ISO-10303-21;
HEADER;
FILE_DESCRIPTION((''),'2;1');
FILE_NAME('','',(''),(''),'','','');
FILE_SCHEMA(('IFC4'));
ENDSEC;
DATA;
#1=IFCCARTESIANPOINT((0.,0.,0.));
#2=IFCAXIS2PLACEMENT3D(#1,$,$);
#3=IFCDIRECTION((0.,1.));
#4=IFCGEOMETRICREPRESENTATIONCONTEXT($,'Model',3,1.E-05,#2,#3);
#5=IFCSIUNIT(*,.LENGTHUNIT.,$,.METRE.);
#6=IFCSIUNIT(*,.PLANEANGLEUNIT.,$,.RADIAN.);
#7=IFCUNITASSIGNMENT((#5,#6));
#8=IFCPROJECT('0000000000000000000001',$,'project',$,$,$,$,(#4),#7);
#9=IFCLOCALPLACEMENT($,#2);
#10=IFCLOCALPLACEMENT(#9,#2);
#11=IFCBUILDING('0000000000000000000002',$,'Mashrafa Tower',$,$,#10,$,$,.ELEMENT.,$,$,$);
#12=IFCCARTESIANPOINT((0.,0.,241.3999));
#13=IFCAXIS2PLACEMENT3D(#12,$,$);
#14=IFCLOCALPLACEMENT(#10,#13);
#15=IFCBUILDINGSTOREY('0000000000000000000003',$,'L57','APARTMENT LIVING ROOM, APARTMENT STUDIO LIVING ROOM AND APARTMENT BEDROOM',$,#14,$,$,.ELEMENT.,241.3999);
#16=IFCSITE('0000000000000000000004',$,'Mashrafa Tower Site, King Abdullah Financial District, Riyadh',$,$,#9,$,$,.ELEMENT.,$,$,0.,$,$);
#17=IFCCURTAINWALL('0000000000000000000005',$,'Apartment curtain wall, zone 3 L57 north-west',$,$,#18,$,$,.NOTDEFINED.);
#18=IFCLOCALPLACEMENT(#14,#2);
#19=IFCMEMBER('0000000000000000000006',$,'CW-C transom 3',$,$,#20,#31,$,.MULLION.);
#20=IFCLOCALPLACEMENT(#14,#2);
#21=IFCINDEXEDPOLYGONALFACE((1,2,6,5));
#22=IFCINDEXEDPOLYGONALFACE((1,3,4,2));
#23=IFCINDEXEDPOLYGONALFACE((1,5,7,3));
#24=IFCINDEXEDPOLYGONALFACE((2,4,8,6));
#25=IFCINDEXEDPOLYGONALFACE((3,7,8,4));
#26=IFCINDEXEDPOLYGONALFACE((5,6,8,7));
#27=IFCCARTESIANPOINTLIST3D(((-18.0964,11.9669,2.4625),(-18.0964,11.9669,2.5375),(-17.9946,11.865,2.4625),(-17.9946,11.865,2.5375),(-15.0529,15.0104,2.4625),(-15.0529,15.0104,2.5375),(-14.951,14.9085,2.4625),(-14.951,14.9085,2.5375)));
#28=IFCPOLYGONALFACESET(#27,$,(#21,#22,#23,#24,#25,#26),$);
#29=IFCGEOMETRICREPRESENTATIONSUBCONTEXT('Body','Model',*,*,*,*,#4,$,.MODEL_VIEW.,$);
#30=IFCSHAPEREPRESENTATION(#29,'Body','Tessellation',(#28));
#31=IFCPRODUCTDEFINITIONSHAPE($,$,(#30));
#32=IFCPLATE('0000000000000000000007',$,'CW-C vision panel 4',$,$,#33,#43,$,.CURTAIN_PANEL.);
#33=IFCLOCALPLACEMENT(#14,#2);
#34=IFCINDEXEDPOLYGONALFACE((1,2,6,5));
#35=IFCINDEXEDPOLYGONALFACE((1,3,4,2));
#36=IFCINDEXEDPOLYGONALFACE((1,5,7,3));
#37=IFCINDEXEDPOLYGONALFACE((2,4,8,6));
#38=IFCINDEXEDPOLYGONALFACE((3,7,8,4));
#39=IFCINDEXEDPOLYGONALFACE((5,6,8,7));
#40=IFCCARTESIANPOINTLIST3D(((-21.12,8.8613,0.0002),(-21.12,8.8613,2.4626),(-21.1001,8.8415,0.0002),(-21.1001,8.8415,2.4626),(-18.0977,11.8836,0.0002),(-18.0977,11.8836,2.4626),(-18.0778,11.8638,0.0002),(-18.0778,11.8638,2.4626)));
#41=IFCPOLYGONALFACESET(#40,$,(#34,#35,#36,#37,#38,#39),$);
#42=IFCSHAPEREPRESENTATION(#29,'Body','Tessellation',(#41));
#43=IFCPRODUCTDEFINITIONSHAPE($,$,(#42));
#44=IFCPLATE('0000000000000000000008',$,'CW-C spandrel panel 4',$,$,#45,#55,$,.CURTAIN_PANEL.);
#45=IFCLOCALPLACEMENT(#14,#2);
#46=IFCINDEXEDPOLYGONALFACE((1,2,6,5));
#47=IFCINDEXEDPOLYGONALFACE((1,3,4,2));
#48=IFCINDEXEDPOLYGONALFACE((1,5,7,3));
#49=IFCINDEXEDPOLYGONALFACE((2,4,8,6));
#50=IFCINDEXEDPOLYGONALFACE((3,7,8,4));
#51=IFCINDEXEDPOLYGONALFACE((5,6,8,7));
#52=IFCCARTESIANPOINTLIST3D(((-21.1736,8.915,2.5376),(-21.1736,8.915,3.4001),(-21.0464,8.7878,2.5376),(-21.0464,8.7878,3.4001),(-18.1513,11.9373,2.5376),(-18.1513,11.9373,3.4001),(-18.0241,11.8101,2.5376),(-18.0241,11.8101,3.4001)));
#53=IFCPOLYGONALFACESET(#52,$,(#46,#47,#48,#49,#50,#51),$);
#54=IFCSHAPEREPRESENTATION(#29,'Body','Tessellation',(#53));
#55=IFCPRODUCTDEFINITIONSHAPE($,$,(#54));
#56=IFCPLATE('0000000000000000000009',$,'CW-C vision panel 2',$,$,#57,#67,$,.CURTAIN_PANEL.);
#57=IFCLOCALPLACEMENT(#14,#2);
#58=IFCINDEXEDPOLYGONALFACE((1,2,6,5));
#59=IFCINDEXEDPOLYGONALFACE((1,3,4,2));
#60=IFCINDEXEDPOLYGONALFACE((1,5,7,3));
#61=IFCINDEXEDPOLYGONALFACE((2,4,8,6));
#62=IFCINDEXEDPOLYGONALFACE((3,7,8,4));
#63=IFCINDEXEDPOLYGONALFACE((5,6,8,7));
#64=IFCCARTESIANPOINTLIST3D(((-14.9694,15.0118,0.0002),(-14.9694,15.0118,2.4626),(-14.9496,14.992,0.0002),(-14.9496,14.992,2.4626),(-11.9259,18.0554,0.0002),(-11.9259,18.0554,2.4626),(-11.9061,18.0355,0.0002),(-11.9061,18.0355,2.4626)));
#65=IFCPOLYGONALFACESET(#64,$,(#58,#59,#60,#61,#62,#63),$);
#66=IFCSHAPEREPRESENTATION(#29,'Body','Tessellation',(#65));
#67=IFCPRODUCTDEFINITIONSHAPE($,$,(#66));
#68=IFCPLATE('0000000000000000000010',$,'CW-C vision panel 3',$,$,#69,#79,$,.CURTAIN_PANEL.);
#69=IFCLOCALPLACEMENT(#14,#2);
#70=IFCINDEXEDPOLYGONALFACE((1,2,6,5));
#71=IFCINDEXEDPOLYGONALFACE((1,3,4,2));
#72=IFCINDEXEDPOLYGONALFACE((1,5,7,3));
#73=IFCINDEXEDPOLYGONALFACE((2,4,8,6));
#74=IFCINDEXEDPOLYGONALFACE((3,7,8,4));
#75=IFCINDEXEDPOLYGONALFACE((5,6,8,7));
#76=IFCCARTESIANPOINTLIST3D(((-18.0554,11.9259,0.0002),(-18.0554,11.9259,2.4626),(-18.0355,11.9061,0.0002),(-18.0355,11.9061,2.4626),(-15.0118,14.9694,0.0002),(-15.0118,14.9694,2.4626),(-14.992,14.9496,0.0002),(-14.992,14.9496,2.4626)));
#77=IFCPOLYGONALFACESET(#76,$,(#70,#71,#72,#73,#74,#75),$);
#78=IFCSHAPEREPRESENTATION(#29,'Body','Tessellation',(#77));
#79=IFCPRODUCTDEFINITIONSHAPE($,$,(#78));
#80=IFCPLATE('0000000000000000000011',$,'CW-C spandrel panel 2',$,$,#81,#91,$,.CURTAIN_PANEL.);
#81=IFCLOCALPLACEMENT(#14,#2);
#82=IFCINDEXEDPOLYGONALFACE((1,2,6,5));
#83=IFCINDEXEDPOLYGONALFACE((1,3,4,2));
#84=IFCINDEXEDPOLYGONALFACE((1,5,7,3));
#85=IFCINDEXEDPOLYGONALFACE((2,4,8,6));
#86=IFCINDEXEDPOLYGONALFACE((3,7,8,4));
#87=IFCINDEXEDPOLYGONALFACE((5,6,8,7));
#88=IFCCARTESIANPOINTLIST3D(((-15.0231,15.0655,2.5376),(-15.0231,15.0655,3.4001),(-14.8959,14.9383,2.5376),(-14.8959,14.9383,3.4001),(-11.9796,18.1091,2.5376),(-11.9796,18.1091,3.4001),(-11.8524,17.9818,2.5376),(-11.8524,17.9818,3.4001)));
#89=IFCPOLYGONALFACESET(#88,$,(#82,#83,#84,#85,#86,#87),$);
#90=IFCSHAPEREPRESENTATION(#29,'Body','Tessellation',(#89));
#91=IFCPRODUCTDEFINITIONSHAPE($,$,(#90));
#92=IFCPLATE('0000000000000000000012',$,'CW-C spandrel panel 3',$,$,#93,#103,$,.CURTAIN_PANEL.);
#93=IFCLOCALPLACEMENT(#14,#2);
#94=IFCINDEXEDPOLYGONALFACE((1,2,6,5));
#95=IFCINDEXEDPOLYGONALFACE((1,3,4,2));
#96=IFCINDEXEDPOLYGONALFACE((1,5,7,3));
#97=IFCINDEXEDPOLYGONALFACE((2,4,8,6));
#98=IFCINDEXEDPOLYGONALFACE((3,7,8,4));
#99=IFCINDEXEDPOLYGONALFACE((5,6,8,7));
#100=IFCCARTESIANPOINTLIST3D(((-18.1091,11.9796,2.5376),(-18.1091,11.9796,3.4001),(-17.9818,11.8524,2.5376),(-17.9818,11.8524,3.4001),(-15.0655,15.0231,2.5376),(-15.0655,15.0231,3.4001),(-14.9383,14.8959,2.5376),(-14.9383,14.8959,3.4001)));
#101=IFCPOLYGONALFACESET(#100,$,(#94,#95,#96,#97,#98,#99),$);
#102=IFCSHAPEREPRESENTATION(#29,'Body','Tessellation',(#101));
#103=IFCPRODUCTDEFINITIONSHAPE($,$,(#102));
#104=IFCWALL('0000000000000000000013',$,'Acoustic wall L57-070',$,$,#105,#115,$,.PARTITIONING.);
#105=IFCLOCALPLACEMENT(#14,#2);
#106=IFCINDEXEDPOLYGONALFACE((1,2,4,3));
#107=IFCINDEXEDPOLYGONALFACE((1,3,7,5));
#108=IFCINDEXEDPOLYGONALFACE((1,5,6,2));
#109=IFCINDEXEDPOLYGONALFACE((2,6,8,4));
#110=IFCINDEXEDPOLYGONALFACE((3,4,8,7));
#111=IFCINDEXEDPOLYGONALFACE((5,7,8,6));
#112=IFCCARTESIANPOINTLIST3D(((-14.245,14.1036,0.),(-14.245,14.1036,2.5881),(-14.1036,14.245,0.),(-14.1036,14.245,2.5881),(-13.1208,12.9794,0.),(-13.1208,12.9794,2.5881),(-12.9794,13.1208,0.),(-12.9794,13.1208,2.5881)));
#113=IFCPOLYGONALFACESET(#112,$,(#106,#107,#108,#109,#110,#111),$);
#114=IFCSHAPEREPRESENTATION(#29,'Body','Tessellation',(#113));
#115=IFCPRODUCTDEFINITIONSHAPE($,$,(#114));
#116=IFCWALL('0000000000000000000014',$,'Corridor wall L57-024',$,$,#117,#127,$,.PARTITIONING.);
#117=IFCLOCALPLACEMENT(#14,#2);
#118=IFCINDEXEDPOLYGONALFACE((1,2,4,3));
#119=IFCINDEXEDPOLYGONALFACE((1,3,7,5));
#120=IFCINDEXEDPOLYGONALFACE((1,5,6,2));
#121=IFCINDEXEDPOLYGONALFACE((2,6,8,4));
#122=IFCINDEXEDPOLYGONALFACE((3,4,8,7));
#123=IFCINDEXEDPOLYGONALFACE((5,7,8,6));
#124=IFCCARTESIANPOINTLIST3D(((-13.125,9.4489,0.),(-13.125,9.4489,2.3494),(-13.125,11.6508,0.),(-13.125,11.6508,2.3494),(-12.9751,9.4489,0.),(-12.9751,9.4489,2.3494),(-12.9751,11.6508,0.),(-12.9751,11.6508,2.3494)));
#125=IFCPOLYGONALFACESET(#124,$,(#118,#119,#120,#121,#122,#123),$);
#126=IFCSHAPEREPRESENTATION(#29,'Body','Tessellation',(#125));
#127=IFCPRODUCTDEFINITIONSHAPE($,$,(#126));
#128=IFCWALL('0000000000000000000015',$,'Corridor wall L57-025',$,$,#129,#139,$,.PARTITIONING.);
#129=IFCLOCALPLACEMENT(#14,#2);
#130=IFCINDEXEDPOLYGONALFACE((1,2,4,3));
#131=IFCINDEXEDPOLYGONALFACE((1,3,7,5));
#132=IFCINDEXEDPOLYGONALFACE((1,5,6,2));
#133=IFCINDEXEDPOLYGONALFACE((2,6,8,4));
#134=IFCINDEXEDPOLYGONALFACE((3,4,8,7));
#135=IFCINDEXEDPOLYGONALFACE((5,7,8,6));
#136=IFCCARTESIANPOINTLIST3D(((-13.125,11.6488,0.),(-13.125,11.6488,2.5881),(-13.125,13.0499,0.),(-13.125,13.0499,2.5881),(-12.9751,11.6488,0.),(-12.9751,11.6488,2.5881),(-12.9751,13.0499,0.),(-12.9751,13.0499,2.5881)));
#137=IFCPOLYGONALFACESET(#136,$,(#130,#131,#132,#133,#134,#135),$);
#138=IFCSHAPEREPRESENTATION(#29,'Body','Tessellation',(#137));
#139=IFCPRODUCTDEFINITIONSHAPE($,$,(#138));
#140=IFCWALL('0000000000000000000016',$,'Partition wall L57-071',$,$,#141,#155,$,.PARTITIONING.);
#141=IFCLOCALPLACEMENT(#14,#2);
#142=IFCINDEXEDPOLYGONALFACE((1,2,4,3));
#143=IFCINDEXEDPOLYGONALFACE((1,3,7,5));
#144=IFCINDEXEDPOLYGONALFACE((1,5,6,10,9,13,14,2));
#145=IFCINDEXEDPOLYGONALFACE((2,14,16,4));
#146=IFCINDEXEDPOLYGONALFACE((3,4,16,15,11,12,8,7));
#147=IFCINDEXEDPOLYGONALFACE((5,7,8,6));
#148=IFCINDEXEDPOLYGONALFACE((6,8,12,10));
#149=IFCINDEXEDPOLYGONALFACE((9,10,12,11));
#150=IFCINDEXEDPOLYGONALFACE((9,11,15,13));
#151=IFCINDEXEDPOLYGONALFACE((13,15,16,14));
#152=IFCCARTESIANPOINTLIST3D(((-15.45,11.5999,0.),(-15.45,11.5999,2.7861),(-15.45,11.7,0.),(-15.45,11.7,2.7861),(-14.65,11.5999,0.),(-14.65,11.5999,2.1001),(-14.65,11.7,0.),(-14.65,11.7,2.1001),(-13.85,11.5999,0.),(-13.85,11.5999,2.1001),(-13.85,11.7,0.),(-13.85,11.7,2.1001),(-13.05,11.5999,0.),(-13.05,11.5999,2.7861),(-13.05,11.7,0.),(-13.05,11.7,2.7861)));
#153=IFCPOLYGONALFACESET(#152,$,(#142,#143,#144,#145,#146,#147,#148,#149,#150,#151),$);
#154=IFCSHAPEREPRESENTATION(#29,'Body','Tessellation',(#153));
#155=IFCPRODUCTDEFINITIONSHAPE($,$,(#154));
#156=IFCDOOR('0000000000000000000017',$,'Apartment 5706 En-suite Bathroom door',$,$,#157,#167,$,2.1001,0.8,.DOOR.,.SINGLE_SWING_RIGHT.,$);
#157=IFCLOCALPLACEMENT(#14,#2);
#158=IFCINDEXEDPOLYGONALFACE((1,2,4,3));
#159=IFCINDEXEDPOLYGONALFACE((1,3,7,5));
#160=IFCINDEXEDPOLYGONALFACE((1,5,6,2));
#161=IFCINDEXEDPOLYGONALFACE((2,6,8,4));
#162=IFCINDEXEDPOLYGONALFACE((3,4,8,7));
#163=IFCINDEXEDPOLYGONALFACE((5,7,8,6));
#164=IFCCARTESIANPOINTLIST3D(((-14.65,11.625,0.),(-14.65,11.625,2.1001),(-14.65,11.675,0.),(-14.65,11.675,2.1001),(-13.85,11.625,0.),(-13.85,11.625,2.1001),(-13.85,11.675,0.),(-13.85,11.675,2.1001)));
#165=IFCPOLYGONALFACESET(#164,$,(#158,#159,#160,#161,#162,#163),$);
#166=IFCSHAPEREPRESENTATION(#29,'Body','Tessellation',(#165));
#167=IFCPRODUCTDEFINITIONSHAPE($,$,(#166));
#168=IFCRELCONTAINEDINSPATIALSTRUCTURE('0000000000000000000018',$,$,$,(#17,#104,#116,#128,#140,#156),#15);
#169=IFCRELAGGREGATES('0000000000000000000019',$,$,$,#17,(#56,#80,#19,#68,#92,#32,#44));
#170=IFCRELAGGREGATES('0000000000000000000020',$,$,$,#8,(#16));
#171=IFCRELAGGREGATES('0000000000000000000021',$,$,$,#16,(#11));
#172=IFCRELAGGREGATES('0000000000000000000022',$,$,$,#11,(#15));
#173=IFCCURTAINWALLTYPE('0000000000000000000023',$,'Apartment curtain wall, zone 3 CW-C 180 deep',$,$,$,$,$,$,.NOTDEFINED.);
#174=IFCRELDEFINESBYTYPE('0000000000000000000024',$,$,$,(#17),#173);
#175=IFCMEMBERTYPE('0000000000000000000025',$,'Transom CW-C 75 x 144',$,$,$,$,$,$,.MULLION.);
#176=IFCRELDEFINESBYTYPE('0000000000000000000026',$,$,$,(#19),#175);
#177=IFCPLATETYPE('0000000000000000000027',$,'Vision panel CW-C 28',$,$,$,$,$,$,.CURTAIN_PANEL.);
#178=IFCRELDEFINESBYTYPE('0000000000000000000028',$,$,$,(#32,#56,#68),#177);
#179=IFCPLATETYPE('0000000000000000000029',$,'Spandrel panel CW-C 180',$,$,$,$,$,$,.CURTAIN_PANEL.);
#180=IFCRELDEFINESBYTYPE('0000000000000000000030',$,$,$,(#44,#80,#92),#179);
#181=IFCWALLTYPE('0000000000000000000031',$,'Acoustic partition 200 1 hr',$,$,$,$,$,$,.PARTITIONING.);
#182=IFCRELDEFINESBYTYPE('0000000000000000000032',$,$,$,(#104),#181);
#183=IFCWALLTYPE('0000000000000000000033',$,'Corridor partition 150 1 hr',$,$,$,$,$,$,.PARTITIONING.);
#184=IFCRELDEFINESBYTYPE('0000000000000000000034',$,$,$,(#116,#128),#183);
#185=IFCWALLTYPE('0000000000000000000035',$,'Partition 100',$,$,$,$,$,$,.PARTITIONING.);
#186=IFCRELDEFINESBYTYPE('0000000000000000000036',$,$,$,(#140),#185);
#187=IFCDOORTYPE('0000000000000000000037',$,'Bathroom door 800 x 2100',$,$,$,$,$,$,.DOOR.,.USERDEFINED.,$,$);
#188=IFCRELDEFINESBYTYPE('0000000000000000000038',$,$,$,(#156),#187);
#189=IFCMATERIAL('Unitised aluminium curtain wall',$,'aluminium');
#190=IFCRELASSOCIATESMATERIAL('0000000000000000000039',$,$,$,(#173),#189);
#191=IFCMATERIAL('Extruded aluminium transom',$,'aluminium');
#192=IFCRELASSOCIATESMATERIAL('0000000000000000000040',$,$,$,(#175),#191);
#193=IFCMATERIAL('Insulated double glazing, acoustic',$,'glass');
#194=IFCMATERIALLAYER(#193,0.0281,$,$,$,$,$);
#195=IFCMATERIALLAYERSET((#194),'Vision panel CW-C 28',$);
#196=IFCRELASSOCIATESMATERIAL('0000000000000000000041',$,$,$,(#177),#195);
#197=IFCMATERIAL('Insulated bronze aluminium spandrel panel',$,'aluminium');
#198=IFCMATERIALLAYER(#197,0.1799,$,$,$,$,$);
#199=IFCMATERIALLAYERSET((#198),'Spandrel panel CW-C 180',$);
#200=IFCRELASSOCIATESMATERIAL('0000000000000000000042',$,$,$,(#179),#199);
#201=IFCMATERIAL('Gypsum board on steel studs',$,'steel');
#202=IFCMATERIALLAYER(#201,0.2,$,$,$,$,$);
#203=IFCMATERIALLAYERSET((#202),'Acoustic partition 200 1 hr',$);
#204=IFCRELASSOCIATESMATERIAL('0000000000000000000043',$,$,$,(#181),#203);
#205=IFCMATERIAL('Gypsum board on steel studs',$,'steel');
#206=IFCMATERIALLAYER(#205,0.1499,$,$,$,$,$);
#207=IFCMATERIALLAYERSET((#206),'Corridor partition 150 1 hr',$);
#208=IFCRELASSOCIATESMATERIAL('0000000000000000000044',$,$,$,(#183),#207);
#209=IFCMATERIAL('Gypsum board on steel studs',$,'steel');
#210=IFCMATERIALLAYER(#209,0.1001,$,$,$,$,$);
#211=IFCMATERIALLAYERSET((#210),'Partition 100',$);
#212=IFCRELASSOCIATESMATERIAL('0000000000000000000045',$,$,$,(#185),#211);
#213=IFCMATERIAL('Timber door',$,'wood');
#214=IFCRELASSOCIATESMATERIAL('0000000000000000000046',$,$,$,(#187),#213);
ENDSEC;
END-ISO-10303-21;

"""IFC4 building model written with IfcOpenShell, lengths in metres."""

from ifc_helpers import new_model, si_unit, direction, frame, frame_2d, origin, origin_2d, place, context, subcontext, project, spatial, rectangle, extrude, source, transform, mapped, material, layer, layer_set, material_profile, profile_set, type_object, type_shapes, element, fill, aggregate, save


model = new_model("IFC4")

# Units and contexts
model_context = context("Model", 3, precision=1e-05, world=origin(), true_north=direction((0.0, 1.0)))
body_context = subcontext(model_context, "Body", "Model", "MODEL_VIEW")
ifc_project = project(units=[si_unit("LENGTHUNIT", "METRE"), si_unit("PLANEANGLEUNIT", "RADIAN")], contexts=[model_context])

# Site, building, storey
site_placement = place(None, origin())
site = spatial("IfcSite", under=ifc_project, at=site_placement, Name="Mashrafa Tower Site, King Abdullah Financial District, Riyadh", CompositionType="ELEMENT", RefElevation=0.0)
building_placement = place(site_placement, origin())
building = spatial("IfcBuilding", under=site, at=building_placement, Name="Mashrafa Tower", CompositionType="ELEMENT")
storey_placement = place(building_placement, frame((0.0, 0.0, 241.3999)))
storey = spatial("IfcBuildingStorey", under=building, at=storey_placement, Name="L57", Description="APARTMENT LIVING ROOM, APARTMENT STUDIO LIVING ROOM AND APARTMENT BEDROOM", CompositionType="ELEMENT", Elevation=241.3999)

# Curtain wall, member, plates
ifc_material_1 = material(Name="Unitised aluminium curtain wall", Category="aluminium")
curtain_wall_type = type_object("IfcCurtainWallType", Name="Apartment curtain wall, zone 3 CW-C 180 deep", PredefinedType="NOTDEFINED", material=ifc_material_1)
curtain_wall_placement = place(storey_placement, origin())
curtain_wall = element("IfcCurtainWall", 1, at=curtain_wall_placement, inside=storey, type_object=curtain_wall_type, Name="Apartment curtain wall, zone 3 L57 north-west", PredefinedType="NOTDEFINED")
ifc_material_2 = material(Name="Extruded aluminium transom", Category="aluminium")
ifc_material_profile_1 = material_profile(ifc_material_2, rectangle(XDim=0.144, YDim=0.075, at=origin_2d()), Name="Transom 75x144")
ifc_profile_set_1 = profile_set([ifc_material_profile_1], Name="Extruded aluminium transom")
member_type_1 = type_object("IfcMemberType", Name="Transom CW-C 75 x 144", PredefinedType="MULLION", material=ifc_profile_set_1)
shared_shape_1 = source(origin(), body_context, "Body", "SweptSolid", [
    extrude(rectangle(XDim=0.144, YDim=0.075, at=origin_2d()), origin(), (0.0, 0.0, 1.0), 4.3042),
])
member_1_placement = place(storey_placement, frame((-15.002, 14.9595, 2.5), z_axis=(-0.707107, -0.707107, 0.0), x_axis=(0.707107, -0.707107, 0.0)))
member_1 = element("IfcMember", 2, at=member_1_placement, type_object=member_type_1, Name="CW-C transom 3", PredefinedType="MULLION", context=body_context, shape_type="MappedRepresentation", body=[
    mapped(shared_shape_1, transform((0.0, 0.0, 0.0))),
])
ifc_material_3 = material(Name="Insulated double glazing, acoustic", Category="glass")
ifc_layer_1 = layer(ifc_material_3, 0.0281)
ifc_layer_set_1 = layer_set([ifc_layer_1], Name="Vision panel CW-C 28")
plate_type_1 = type_object("IfcPlateType", Name="Vision panel CW-C 28", PredefinedType="CURTAIN_PANEL", material=ifc_layer_set_1)
shared_shape_2 = source(origin(), body_context, "Body", "SweptSolid", [
    extrude(rectangle(XDim=4.2742, YDim=0.0281, at=origin_2d()), origin(), (0.0, 0.0, 1.0), 2.4624),
])
plate_1_placement = place(storey_placement, frame((-19.5989, 10.3625, 0.0002), z_axis=(0.0, 0.0, 1.0), x_axis=(-0.707107, -0.707107, 0.0)))
plate_1 = element("IfcPlate", 3, at=plate_1_placement, type_object=plate_type_1, Name="CW-C vision panel 4", PredefinedType="CURTAIN_PANEL", context=body_context, shape_type="MappedRepresentation", body=[
    mapped(shared_shape_2, transform((0.0, 0.0, 0.0))),
])
ifc_material_4 = material(Name="Insulated bronze aluminium spandrel panel", Category="aluminium")
ifc_layer_2 = layer(ifc_material_4, 0.1799)
ifc_layer_set_2 = layer_set([ifc_layer_2], Name="Spandrel panel CW-C 180")
plate_type_2 = type_object("IfcPlateType", Name="Spandrel panel CW-C 180", PredefinedType="CURTAIN_PANEL", material=ifc_layer_set_2)
shared_shape_3 = source(origin(), body_context, "Body", "SweptSolid", [
    extrude(rectangle(XDim=4.2742, YDim=0.1799, at=origin_2d()), origin(), (0.0, 0.0, 1.0), 0.8625),
])
plate_2_placement = place(storey_placement, frame((-19.5989, 10.3625, 2.5376), z_axis=(0.0, 0.0, 1.0), x_axis=(-0.707107, -0.707107, 0.0)))
plate_2 = element("IfcPlate", 4, at=plate_2_placement, type_object=plate_type_2, Name="CW-C spandrel panel 4", PredefinedType="CURTAIN_PANEL", context=body_context, shape_type="MappedRepresentation", body=[
    mapped(shared_shape_3, transform((0.0, 0.0, 0.0))),
])
shared_shape_4 = source(origin(), body_context, "Body", "SweptSolid", [
    extrude(rectangle(XDim=4.3042, YDim=0.0281, at=origin_2d()), origin(), (0.0, 0.0, 1.0), 2.4624),
])
type_shapes(plate_type_1, [shared_shape_2, shared_shape_4])
plate_3_placement = place(storey_placement, frame((-13.4377, 16.5237, 0.0002), z_axis=(0.0, 0.0, 1.0), x_axis=(-0.707107, -0.707107, 0.0)))
plate_3 = element("IfcPlate", 5, at=plate_3_placement, type_object=plate_type_1, Name="CW-C vision panel 2", PredefinedType="CURTAIN_PANEL", context=body_context, shape_type="MappedRepresentation", body=[
    mapped(shared_shape_4, transform((0.0, 0.0, 0.0))),
])
plate_4_placement = place(storey_placement, frame((-16.5237, 13.4377, 0.0002), z_axis=(0.0, 0.0, 1.0), x_axis=(-0.707107, -0.707107, 0.0)))
plate_4 = element("IfcPlate", 6, at=plate_4_placement, type_object=plate_type_1, Name="CW-C vision panel 3", PredefinedType="CURTAIN_PANEL", context=body_context, shape_type="MappedRepresentation", body=[
    mapped(shared_shape_4, transform((0.0, 0.0, 0.0))),
])
shared_shape_5 = source(origin(), body_context, "Body", "SweptSolid", [
    extrude(rectangle(XDim=4.3042, YDim=0.1799, at=origin_2d()), origin(), (0.0, 0.0, 1.0), 0.8625),
])
type_shapes(plate_type_2, [shared_shape_3, shared_shape_5])
plate_5_placement = place(storey_placement, frame((-13.4377, 16.5237, 2.5376), z_axis=(0.0, 0.0, 1.0), x_axis=(-0.707107, -0.707107, 0.0)))
plate_5 = element("IfcPlate", 7, at=plate_5_placement, type_object=plate_type_2, Name="CW-C spandrel panel 2", PredefinedType="CURTAIN_PANEL", context=body_context, shape_type="MappedRepresentation", body=[
    mapped(shared_shape_5, transform((0.0, 0.0, 0.0))),
])
plate_6_placement = place(storey_placement, frame((-16.5237, 13.4377, 2.5376), z_axis=(0.0, 0.0, 1.0), x_axis=(-0.707107, -0.707107, 0.0)))
plate_6 = element("IfcPlate", 8, at=plate_6_placement, type_object=plate_type_2, Name="CW-C spandrel panel 3", PredefinedType="CURTAIN_PANEL", context=body_context, shape_type="MappedRepresentation", body=[
    mapped(shared_shape_5, transform((0.0, 0.0, 0.0))),
])
aggregate(curtain_wall, [plate_3, plate_5, member_1, plate_4, plate_6, plate_1, plate_2])

# Walls
ifc_material_5 = material(Name="Gypsum board on steel studs", Category="steel")
ifc_layer_3 = layer(ifc_material_5, 0.2)
ifc_layer_set_3 = layer_set([ifc_layer_3], Name="Acoustic partition 200 1 hr")
wall_type_1 = type_object("IfcWallType", Name="Acoustic partition 200 1 hr", PredefinedType="PARTITIONING", material=ifc_layer_set_3)
wall_1_placement = place(storey_placement, frame((-14.1743, 14.1743, 0.0), z_axis=(0.0, 0.0, 1.0), x_axis=(0.707107, -0.707107, 0.0)))
element("IfcWall", 9, at=wall_1_placement, inside=storey, type_object=wall_type_1, Name="Acoustic wall L57-070", PredefinedType="PARTITIONING", context=body_context, shape_type="SweptSolid", body=[
    extrude(rectangle(XDim=1.5898, YDim=0.2, at=frame_2d((0.7949, 0.0))), origin(), (0.0, 0.0, 1.0), 2.5881),
])
ifc_material_6 = material(Name="Gypsum board on steel studs", Category="steel")
ifc_layer_4 = layer(ifc_material_6, 0.1499)
ifc_layer_set_4 = layer_set([ifc_layer_4], Name="Corridor partition 150 1 hr")
wall_type_2 = type_object("IfcWallType", Name="Corridor partition 150 1 hr", PredefinedType="PARTITIONING", material=ifc_layer_set_4)
wall_2_placement = place(storey_placement, frame((-13.05, 11.6509, 0.0), z_axis=(0.0, 0.0, 1.0), x_axis=(0.0, -1.0, 0.0)))
element("IfcWall", 10, at=wall_2_placement, inside=storey, type_object=wall_type_2, Name="Corridor wall L57-024", PredefinedType="PARTITIONING", context=body_context, shape_type="SweptSolid", body=[
    extrude(rectangle(XDim=2.2019, YDim=0.1499, at=frame_2d((1.1011, 0.0))), origin(), (0.0, 0.0, 1.0), 2.3494),
])
wall_3_placement = place(storey_placement, frame((-13.05, 13.05, 0.0), z_axis=(0.0, 0.0, 1.0), x_axis=(0.0, -1.0, 0.0)))
element("IfcWall", 11, at=wall_3_placement, inside=storey, type_object=wall_type_2, Name="Corridor wall L57-025", PredefinedType="PARTITIONING", context=body_context, shape_type="SweptSolid", body=[
    extrude(rectangle(XDim=1.4011, YDim=0.1499, at=frame_2d((0.7007, 0.0))), origin(), (0.0, 0.0, 1.0), 2.5881),
])

# Wall, opening, door
ifc_material_7 = material(Name="Gypsum board on steel studs", Category="steel")
ifc_layer_5 = layer(ifc_material_7, 0.1001)
ifc_layer_set_5 = layer_set([ifc_layer_5], Name="Partition 100")
wall_type_3 = type_object("IfcWallType", Name="Partition 100", PredefinedType="PARTITIONING", material=ifc_layer_set_5)
wall_4_placement = place(storey_placement, frame((-13.05, 11.6499, 0.0), z_axis=(0.0, 0.0, 1.0), x_axis=(-1.0, 0.0, 0.0)))
wall_4 = element("IfcWall", 12, at=wall_4_placement, inside=storey, type_object=wall_type_3, Name="Partition wall L57-071", PredefinedType="PARTITIONING", context=body_context, shape_type="SweptSolid", body=[
    extrude(rectangle(XDim=2.3999, YDim=0.1001, at=frame_2d((1.2, 0.0))), origin(), (0.0, 0.0, 1.0), 2.7861),
])
opening_placement = place(wall_4_placement, frame((0.8, 0.0, 0.0)))
opening = element("IfcOpeningElement", 13, at=opening_placement, cuts=wall_4, PredefinedType="OPENING", context=body_context, shape_type="SweptSolid", body=[
    extrude(rectangle(XDim=0.8, YDim=2.1001, at=frame_2d((0.3999, 1.05))), frame((0.0, 0.0601, 0.0), z_axis=(0.0, -1.0, 0.0), x_axis=(1.0, 0.0, 0.0)), (0.0, 0.0, 1.0), 0.1201),
])
ifc_material_8 = material(Name="Timber door", Category="wood")
door_type = type_object("IfcDoorType", Name="Bathroom door 800 x 2100", OperationType="USERDEFINED", PredefinedType="DOOR", material=ifc_material_8)
door_placement = place(opening_placement, origin())
door = element("IfcDoor", 14, at=door_placement, inside=storey, type_object=door_type, Name="Apartment 5706 En-suite Bathroom door", OperationType="SINGLE_SWING_RIGHT", OverallHeight=2.1001, OverallWidth=0.8, PredefinedType="DOOR", context=body_context, shape_type="SweptSolid", body=[
    extrude(rectangle(XDim=0.8, YDim=2.1001, at=frame_2d((0.3999, 1.05))), frame((0.0, 0.0249, 0.0), z_axis=(0.0, -1.0, 0.0), x_axis=(1.0, 0.0, 0.0)), (0.0, 0.0, 1.0), 0.05),
])
fill(opening, door)

save(model, "model.ifc")
